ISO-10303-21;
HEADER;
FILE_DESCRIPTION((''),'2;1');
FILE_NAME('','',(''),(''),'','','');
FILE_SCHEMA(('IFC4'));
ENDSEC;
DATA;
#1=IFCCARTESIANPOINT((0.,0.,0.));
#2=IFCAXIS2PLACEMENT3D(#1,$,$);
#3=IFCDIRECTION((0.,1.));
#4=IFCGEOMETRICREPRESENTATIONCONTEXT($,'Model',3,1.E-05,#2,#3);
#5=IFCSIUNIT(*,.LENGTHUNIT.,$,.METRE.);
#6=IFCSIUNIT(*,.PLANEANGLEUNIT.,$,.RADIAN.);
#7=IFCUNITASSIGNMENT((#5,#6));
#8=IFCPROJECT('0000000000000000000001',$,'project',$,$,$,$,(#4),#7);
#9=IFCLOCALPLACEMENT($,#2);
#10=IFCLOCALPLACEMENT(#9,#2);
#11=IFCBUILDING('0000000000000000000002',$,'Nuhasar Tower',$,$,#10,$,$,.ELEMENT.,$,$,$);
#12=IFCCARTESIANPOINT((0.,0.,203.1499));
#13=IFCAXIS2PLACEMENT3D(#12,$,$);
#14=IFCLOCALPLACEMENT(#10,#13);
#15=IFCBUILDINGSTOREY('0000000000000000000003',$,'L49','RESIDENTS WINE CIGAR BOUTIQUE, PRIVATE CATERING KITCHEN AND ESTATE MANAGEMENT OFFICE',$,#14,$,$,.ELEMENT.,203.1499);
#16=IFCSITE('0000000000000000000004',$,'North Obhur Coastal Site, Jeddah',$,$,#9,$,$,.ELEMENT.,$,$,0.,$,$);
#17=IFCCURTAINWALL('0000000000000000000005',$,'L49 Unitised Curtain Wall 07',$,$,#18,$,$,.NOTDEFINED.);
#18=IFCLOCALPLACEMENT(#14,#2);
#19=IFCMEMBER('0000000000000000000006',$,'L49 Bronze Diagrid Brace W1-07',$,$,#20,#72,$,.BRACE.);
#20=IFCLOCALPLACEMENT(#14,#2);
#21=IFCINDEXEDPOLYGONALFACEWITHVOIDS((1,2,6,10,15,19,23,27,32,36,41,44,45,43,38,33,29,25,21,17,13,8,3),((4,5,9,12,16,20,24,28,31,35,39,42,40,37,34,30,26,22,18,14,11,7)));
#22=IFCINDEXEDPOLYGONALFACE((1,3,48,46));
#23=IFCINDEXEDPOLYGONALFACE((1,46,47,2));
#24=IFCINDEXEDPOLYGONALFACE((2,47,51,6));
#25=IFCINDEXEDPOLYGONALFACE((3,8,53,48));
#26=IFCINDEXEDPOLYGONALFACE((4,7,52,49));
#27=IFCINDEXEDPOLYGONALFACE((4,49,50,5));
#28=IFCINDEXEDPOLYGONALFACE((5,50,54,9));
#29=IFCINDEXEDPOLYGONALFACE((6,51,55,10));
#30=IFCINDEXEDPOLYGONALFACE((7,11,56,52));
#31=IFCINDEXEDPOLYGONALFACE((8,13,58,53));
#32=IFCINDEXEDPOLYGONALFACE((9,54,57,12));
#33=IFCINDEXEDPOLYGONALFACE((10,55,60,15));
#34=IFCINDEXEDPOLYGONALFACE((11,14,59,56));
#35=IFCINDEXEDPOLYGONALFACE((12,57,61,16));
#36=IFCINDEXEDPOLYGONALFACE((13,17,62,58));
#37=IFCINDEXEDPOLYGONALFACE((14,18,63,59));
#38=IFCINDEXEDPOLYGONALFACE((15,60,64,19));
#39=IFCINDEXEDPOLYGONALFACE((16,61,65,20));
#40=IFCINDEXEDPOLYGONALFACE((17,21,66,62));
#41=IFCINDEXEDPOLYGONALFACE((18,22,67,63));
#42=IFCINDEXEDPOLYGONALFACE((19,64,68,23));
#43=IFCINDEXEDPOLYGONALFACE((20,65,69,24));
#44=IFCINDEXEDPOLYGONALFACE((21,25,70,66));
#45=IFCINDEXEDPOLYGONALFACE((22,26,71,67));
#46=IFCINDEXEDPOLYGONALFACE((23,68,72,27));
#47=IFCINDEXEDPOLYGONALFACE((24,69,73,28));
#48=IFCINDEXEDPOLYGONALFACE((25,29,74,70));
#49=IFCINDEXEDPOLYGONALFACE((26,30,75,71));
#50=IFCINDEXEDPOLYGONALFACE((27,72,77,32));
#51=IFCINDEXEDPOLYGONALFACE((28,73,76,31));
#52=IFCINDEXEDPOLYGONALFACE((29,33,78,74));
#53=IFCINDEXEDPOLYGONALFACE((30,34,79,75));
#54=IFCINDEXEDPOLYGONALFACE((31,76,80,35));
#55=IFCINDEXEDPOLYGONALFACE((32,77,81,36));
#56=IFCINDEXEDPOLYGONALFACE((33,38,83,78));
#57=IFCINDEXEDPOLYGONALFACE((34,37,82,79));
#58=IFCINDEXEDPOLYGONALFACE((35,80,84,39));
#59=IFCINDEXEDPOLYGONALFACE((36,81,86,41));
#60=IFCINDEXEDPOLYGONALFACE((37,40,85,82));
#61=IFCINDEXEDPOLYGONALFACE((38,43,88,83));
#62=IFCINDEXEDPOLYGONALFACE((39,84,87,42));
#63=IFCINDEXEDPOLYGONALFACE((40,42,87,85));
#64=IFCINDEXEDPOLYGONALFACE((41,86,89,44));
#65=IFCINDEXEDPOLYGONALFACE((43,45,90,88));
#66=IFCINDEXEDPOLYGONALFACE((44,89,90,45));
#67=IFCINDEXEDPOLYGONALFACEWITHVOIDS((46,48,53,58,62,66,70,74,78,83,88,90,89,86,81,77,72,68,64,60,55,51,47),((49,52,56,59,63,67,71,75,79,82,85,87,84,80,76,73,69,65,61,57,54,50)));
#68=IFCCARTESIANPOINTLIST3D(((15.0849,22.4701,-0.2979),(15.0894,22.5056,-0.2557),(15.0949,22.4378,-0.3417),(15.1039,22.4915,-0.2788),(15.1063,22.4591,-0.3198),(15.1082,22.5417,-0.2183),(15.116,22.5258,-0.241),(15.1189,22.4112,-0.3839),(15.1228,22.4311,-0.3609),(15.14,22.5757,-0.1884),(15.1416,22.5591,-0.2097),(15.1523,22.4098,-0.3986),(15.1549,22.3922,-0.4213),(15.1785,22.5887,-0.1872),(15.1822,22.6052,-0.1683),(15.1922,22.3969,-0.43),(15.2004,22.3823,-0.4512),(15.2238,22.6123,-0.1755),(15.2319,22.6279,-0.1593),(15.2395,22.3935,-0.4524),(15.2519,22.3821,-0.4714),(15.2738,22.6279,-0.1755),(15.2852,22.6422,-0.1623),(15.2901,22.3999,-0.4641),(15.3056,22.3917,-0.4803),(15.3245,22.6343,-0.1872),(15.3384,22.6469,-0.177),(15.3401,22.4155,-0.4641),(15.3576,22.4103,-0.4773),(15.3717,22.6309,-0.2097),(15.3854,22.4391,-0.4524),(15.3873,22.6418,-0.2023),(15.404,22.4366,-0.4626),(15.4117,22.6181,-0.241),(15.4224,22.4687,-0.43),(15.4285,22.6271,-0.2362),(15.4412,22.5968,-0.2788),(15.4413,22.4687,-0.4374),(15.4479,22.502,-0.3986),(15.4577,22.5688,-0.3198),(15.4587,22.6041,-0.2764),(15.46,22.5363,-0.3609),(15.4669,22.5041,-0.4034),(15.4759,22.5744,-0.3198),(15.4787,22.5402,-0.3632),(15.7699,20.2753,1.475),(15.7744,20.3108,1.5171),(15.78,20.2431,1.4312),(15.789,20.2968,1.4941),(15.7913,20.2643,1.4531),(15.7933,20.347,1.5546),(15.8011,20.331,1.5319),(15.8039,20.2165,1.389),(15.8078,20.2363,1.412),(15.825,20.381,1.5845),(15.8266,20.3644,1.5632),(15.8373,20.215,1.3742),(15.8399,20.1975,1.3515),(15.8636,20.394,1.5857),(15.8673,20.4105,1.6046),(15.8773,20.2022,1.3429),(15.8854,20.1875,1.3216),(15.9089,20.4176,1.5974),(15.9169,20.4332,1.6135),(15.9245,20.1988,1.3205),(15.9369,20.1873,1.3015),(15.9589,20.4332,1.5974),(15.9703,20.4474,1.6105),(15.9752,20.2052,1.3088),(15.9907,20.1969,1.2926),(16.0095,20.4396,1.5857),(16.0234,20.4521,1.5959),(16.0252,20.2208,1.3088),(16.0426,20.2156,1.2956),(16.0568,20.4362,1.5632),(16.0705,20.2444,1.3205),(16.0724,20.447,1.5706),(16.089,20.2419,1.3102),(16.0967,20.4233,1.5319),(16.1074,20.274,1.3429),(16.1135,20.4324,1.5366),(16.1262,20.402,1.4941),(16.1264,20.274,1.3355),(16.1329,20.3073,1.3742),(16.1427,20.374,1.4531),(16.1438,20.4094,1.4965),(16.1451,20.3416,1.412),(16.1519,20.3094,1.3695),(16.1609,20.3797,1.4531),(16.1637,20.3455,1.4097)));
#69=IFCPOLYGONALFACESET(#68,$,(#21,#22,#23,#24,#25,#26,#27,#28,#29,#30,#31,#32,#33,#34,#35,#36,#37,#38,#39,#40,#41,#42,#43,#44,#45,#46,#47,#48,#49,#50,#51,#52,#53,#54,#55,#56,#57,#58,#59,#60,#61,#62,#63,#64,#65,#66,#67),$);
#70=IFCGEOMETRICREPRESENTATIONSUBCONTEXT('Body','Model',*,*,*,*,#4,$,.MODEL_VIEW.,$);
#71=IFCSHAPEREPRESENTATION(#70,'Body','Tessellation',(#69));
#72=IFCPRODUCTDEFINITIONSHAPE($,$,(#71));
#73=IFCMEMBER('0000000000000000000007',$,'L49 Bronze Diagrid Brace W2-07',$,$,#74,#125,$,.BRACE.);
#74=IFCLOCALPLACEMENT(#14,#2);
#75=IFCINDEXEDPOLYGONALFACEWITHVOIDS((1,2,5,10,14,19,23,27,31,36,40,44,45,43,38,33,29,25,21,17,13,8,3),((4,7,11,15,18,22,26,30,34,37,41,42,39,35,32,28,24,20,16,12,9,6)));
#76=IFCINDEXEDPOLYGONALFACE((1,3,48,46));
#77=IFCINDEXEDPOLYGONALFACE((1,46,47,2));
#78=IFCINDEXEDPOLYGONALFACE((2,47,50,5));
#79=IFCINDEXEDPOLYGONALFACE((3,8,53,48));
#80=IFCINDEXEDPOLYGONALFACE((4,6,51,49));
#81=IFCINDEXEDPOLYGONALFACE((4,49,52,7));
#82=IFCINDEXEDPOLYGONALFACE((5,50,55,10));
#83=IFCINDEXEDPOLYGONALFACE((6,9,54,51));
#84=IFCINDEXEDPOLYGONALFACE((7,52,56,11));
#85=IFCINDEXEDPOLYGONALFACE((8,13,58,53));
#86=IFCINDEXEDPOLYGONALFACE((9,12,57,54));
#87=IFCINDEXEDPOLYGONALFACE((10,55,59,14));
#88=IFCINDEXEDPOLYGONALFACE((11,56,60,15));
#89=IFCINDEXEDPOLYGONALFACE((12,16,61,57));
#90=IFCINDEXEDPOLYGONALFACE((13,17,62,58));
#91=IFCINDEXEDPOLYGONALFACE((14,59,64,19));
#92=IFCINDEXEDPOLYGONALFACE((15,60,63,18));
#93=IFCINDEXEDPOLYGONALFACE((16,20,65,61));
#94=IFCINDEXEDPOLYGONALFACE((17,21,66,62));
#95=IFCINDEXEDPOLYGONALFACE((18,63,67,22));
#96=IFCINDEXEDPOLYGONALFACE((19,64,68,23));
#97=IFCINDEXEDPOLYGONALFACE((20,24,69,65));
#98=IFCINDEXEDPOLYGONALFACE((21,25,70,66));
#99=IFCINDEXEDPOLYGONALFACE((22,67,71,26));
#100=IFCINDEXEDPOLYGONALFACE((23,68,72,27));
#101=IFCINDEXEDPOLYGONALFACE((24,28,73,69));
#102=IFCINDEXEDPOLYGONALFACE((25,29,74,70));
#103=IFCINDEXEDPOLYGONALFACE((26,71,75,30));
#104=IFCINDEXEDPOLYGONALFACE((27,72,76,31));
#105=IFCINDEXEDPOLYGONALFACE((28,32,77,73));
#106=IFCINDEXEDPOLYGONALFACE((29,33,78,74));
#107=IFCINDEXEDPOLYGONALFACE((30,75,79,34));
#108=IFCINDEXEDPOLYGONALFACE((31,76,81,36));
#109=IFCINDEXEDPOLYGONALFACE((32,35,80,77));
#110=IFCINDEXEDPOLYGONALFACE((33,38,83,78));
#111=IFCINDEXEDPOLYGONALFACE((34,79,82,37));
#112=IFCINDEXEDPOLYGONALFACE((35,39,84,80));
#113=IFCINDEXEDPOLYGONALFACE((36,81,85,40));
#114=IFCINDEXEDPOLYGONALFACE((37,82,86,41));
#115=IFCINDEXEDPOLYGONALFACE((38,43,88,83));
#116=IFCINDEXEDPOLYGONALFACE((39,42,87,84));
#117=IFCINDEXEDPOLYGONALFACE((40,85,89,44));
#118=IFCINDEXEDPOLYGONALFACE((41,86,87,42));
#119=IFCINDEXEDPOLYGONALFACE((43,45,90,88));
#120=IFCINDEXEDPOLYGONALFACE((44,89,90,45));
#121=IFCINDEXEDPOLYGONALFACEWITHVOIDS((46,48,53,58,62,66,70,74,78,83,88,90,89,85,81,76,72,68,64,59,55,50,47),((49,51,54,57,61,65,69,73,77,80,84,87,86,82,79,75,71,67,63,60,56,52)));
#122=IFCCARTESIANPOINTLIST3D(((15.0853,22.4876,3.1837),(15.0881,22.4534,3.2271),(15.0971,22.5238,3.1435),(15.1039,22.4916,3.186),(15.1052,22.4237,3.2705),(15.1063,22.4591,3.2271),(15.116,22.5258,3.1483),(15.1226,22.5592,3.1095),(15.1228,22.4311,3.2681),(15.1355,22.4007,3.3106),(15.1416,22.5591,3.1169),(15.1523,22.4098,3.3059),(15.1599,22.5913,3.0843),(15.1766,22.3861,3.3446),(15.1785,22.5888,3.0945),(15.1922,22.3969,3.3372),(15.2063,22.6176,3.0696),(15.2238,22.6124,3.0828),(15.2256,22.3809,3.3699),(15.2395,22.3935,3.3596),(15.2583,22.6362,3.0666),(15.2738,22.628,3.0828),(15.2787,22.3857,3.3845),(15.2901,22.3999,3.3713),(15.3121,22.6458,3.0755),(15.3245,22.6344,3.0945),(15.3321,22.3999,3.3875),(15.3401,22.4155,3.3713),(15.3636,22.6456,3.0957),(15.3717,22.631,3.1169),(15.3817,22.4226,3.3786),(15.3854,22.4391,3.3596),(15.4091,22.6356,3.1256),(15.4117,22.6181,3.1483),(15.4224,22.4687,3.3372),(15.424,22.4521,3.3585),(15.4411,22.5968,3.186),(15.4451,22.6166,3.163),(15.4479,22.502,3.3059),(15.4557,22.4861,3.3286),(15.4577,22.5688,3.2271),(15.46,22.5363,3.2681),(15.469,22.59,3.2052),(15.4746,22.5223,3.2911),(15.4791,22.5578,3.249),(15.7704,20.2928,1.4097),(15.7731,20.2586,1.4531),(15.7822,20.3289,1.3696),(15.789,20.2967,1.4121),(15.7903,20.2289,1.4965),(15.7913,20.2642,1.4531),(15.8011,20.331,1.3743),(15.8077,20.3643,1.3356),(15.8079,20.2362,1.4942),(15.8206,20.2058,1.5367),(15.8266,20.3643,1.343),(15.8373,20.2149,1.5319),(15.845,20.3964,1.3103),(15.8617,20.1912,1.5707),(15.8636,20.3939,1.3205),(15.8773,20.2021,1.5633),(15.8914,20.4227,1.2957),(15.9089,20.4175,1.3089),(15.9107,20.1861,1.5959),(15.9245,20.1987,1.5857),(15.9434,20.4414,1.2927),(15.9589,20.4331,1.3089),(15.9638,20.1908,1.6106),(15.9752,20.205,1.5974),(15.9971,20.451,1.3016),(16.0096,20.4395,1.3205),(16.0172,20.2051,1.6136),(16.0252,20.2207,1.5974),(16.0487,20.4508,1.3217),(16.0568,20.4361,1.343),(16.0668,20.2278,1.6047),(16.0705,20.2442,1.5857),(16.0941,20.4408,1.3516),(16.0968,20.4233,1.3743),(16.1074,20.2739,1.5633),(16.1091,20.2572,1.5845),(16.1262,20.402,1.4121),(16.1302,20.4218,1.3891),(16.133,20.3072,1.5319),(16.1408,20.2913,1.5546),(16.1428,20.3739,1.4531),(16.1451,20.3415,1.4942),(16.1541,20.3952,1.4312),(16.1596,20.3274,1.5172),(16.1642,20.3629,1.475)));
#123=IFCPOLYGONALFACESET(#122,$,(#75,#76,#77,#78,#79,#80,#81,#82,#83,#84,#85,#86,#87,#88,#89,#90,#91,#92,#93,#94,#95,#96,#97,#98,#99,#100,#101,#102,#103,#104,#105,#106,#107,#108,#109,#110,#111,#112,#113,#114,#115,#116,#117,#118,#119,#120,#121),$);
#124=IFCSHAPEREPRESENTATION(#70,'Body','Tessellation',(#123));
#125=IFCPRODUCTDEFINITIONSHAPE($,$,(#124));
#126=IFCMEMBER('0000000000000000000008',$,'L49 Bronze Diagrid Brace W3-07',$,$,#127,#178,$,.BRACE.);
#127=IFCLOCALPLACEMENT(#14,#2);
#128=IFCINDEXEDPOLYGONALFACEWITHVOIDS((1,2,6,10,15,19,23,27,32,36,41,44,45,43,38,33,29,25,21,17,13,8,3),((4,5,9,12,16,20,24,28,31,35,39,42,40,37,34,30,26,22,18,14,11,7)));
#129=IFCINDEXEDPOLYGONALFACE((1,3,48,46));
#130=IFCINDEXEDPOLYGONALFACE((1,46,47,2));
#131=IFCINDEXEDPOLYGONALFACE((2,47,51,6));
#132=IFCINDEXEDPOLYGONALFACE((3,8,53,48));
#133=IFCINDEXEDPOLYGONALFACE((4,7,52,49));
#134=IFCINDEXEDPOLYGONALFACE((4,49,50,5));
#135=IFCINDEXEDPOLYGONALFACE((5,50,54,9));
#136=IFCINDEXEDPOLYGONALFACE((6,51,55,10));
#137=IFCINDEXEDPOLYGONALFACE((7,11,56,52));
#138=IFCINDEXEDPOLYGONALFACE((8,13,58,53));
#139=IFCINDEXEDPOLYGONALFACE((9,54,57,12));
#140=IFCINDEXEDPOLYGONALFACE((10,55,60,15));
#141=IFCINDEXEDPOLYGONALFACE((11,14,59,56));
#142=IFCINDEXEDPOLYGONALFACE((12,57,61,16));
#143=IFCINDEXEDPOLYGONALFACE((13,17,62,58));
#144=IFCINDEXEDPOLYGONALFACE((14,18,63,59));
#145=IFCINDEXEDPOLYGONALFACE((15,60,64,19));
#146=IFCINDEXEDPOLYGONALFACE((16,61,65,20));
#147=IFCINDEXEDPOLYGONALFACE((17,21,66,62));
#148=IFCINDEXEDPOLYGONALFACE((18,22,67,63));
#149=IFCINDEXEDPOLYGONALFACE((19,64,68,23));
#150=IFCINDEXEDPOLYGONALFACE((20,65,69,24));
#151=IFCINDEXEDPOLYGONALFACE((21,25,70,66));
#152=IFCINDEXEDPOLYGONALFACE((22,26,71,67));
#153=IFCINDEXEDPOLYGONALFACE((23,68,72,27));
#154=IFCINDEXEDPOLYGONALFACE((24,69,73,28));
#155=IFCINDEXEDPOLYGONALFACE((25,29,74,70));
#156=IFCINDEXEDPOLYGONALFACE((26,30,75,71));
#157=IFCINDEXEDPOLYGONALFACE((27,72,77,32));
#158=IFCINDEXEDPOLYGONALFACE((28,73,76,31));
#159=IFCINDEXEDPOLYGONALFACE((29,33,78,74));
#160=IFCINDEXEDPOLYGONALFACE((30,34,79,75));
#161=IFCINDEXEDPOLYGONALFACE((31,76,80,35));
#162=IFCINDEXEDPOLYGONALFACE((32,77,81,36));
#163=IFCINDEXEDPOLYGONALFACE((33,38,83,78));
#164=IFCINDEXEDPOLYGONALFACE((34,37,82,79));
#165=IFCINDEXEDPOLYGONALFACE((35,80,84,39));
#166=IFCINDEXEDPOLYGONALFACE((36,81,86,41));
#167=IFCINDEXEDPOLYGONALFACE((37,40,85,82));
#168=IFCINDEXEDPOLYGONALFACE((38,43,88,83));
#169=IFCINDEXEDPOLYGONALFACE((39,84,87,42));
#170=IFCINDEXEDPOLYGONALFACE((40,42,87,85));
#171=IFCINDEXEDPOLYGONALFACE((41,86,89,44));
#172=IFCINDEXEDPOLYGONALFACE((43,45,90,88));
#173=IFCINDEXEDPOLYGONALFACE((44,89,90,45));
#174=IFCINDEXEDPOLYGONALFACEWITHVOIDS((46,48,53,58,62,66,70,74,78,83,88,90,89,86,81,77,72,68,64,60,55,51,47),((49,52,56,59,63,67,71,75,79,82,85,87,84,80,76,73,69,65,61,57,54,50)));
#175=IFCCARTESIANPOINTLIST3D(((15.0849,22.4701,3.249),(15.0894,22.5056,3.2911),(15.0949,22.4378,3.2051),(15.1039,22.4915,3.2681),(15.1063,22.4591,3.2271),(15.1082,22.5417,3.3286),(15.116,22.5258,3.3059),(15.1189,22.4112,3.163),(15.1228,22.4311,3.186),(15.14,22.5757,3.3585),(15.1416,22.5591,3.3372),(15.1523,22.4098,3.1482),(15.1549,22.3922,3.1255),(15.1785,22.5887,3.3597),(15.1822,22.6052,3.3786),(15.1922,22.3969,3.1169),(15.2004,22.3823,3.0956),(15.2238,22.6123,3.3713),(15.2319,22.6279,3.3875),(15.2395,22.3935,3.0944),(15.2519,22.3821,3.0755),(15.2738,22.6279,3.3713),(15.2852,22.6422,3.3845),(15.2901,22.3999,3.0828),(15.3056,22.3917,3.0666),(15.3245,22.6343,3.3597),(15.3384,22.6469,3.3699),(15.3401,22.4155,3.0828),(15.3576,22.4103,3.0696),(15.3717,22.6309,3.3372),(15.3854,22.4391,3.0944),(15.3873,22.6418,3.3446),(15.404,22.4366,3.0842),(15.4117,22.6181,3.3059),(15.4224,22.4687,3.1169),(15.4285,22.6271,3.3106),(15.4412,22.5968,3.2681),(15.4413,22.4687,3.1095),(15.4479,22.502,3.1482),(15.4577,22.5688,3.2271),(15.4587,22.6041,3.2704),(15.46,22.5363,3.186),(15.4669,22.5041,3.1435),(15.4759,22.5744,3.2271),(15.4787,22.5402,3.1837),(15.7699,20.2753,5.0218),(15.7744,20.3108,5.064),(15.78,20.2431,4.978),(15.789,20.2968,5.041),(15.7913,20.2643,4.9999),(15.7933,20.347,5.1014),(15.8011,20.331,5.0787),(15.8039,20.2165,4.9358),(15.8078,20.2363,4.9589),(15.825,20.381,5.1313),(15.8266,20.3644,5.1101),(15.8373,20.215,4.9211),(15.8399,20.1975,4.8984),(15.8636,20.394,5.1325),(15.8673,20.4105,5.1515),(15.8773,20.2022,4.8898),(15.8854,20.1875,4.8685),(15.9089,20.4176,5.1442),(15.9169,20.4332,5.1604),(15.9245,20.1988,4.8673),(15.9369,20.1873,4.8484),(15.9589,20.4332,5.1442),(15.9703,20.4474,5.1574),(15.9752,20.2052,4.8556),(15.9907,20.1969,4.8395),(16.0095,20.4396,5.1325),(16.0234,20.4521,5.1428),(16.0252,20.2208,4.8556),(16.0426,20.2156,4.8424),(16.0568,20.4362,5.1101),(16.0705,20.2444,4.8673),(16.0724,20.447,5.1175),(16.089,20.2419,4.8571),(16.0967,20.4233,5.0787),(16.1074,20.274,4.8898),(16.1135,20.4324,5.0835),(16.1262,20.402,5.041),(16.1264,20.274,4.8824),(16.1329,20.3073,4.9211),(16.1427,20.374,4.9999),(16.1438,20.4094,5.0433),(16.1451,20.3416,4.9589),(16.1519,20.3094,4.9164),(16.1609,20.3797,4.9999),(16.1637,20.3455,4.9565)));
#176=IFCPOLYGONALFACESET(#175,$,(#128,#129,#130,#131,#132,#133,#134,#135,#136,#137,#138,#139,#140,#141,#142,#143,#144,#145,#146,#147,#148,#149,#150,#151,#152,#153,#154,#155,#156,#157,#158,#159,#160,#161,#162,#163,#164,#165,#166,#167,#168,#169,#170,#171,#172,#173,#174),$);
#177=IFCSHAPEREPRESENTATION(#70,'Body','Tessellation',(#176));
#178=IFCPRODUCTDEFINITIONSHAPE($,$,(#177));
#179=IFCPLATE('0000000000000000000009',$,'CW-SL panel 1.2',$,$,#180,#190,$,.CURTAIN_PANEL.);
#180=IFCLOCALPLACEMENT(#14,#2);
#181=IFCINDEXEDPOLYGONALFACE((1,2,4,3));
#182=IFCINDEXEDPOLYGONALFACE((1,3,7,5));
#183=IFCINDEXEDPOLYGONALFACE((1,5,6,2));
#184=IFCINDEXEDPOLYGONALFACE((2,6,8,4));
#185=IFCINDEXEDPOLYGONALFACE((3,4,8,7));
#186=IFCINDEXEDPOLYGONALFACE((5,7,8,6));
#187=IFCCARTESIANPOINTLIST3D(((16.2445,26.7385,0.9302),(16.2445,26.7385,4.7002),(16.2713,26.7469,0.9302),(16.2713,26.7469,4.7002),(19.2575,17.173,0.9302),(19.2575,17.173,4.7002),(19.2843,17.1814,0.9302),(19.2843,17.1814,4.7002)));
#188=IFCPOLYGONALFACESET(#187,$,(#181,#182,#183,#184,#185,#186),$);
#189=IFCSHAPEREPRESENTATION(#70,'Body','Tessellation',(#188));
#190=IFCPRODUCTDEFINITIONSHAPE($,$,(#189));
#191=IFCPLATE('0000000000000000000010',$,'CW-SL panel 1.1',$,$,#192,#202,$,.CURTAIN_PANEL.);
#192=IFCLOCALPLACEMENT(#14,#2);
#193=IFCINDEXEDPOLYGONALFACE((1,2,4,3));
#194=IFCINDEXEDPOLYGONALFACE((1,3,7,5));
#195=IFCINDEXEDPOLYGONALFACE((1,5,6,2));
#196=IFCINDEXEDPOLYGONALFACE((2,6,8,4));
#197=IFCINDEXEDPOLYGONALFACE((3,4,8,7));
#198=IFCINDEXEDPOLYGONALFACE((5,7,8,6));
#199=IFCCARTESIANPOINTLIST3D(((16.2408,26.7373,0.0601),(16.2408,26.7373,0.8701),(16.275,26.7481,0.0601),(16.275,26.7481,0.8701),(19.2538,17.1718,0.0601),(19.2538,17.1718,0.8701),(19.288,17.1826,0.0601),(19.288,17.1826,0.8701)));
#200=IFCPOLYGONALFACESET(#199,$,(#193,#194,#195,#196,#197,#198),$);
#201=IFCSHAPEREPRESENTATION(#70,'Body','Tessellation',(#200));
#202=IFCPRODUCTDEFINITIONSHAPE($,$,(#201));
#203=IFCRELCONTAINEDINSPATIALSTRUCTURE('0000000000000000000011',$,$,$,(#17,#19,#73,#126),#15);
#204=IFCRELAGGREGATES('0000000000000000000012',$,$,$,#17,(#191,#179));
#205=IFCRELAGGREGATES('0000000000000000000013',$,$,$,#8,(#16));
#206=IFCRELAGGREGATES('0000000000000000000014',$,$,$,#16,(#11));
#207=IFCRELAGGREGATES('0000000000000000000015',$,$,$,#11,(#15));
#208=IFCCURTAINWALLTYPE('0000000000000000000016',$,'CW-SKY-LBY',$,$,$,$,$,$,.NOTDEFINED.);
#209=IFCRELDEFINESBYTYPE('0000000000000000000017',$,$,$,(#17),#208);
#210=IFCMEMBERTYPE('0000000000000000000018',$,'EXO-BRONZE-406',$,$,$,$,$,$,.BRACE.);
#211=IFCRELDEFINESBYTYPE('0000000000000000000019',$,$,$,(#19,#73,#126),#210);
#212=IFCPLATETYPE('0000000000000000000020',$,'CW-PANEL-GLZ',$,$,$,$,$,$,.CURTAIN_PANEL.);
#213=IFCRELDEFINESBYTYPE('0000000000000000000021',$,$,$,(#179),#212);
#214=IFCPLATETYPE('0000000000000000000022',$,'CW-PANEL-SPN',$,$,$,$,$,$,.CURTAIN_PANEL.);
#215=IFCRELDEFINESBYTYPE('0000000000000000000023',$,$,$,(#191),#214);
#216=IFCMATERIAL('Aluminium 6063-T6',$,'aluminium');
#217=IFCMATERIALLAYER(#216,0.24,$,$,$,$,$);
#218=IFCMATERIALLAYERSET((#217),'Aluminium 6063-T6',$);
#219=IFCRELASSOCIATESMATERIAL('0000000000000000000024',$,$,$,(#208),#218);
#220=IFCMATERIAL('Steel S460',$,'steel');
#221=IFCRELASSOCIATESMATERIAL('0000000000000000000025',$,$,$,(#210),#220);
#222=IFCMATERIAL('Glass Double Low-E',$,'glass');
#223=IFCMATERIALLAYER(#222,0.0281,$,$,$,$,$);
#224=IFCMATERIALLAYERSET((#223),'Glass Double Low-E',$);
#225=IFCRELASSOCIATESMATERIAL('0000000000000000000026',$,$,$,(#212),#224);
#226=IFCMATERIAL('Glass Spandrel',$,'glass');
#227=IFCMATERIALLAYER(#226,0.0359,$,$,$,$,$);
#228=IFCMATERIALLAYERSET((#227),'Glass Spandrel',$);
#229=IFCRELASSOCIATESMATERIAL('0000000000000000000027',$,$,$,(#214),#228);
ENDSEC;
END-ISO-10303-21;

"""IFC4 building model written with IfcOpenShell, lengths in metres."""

from ifc_helpers import new_model, si_unit, direction, frame, origin, origin_2d, place, context, subcontext, project, spatial, rectangle, hollow_circle, extrude, material, layer, layer_set, material_profile, profile_set, type_object, element, aggregate, save


model = new_model("IFC4")

# Units and contexts
model_context = context("Model", 3, precision=1e-05, world=origin(), true_north=direction((0.0, 1.0)))
body_context = subcontext(model_context, "Body", "Model", "MODEL_VIEW")
ifc_project = project(units=[si_unit("LENGTHUNIT", "METRE"), si_unit("PLANEANGLEUNIT", "RADIAN")], contexts=[model_context])

# Site, building, storey
site_placement = place(None, origin())
site = spatial("IfcSite", under=ifc_project, at=site_placement, Name="North Obhur Coastal Site, Jeddah", CompositionType="ELEMENT", RefElevation=0.0)
building_placement = place(site_placement, origin())
building = spatial("IfcBuilding", under=site, at=building_placement, Name="Nuhasar Tower", CompositionType="ELEMENT")
storey_placement = place(building_placement, frame((0.0, 0.0, 203.1499)))
storey = spatial("IfcBuildingStorey", under=building, at=storey_placement, Name="L49", Description="RESIDENTS WINE CIGAR BOUTIQUE, PRIVATE CATERING KITCHEN AND ESTATE MANAGEMENT OFFICE", CompositionType="ELEMENT", Elevation=203.1499)

# Shared definitions
ifc_material_1 = material(Name="Steel S460", Category="steel")

# Curtain wall
ifc_material_2 = material(Name="Aluminium 6063-T6", Category="aluminium")
ifc_layer_1 = layer(ifc_material_2, 0.24)
ifc_layer_set_1 = layer_set([ifc_layer_1], Name="Aluminium 6063-T6")
curtain_wall_type = type_object("IfcCurtainWallType", Name="CW-SKY-LBY", PredefinedType="NOTDEFINED", material=ifc_layer_set_1)
curtain_wall_1_placement = place(storey_placement, origin())
curtain_wall_1 = element("IfcCurtainWall", 1, at=curtain_wall_1_placement, inside=storey, type_object=curtain_wall_type, Name="L49 Unitised Curtain Wall 07", PredefinedType="NOTDEFINED")

# Members
ifc_material_profile_1 = material_profile(ifc_material_1, hollow_circle(Radius=0.2031, WallThickness=0.019, at=origin_2d()), Name="HSS406.4X19.1")
ifc_profile_set_1 = profile_set([ifc_material_profile_1], Name="Steel S460")
member_type_1 = type_object("IfcMemberType", Name="EXO-BRONZE-406", PredefinedType="BRACE", material=ifc_profile_set_1)
member_1_placement = place(storey_placement, frame((15.282, 22.5139, -0.3198), z_axis=(0.235948, -0.755942, 0.610639), x_axis=(0.954582, 0.297948, 0.0)))
element("IfcMember", 2, at=member_1_placement, inside=storey, type_object=member_type_1, Name="L49 Bronze Diagrid Brace W1-07", PredefinedType="BRACE", context=body_context, shape_type="SweptSolid", body=[
    extrude(hollow_circle(Radius=0.2031, WallThickness=0.019, at=origin_2d()), origin(), (0.0, 0.0, 1.0), 2.9033),
])
member_2_placement = place(storey_placement, frame((15.967, 20.3191, 1.4531), z_axis=(-0.2359, 0.755787, 0.61085), x_axis=(-0.954582, -0.297948, 0.0)))
element("IfcMember", 3, at=member_2_placement, inside=storey, type_object=member_type_1, Name="L49 Bronze Diagrid Brace W2-07", PredefinedType="BRACE", context=body_context, shape_type="SweptSolid", body=[
    extrude(hollow_circle(Radius=0.2031, WallThickness=0.019, at=origin_2d()), origin(), (0.0, 0.0, 1.0), 2.9041),
])
member_3_placement = place(storey_placement, frame((15.282, 22.5139, 3.2271), z_axis=(0.235948, -0.755942, 0.610639), x_axis=(0.954582, 0.297948, 0.0)))
element("IfcMember", 4, at=member_3_placement, inside=storey, type_object=member_type_1, Name="L49 Bronze Diagrid Brace W3-07", PredefinedType="BRACE", context=body_context, shape_type="SweptSolid", body=[
    extrude(hollow_circle(Radius=0.2031, WallThickness=0.019, at=origin_2d()), origin(), (0.0, 0.0, 1.0), 2.9033),
])

# Plates
ifc_material_3 = material(Name="Glass Double Low-E", Category="glass")
ifc_layer_2 = layer(ifc_material_3, 0.0281)
ifc_layer_set_2 = layer_set([ifc_layer_2], Name="Glass Double Low-E")
plate_type_1 = type_object("IfcPlateType", Name="CW-PANEL-GLZ", PredefinedType="CURTAIN_PANEL", material=ifc_layer_set_2)
plate_1_placement = place(storey_placement, frame((17.7644, 21.96, 0.9302), z_axis=(0.0, 0.0, 1.0), x_axis=(0.300429, -0.953804, 0.0)))
plate_1 = element("IfcPlate", 5, at=plate_1_placement, type_object=plate_type_1, Name="CW-SL panel 1.2", PredefinedType="CURTAIN_PANEL", context=body_context, shape_type="SweptSolid", body=[
    extrude(rectangle(XDim=10.0288, YDim=0.0281, at=origin_2d()), origin(), (0.0, 0.0, 1.0), 3.77),
])
ifc_material_4 = material(Name="Glass Spandrel", Category="glass")
ifc_layer_3 = layer(ifc_material_4, 0.0359)
ifc_layer_set_3 = layer_set([ifc_layer_3], Name="Glass Spandrel")
plate_type_2 = type_object("IfcPlateType", Name="CW-PANEL-SPN", PredefinedType="CURTAIN_PANEL", material=ifc_layer_set_3)
plate_2_placement = place(storey_placement, frame((17.7644, 21.96, 0.0601), z_axis=(0.0, 0.0, 1.0), x_axis=(0.300429, -0.953804, 0.0)))
plate_2 = element("IfcPlate", 6, at=plate_2_placement, type_object=plate_type_2, Name="CW-SL panel 1.1", PredefinedType="CURTAIN_PANEL", context=body_context, shape_type="SweptSolid", body=[
    extrude(rectangle(XDim=10.0288, YDim=0.0359, at=origin_2d()), origin(), (0.0, 0.0, 1.0), 0.8101),
])
aggregate(curtain_wall_1, [plate_2, plate_1])

save(model, "model.ifc")
